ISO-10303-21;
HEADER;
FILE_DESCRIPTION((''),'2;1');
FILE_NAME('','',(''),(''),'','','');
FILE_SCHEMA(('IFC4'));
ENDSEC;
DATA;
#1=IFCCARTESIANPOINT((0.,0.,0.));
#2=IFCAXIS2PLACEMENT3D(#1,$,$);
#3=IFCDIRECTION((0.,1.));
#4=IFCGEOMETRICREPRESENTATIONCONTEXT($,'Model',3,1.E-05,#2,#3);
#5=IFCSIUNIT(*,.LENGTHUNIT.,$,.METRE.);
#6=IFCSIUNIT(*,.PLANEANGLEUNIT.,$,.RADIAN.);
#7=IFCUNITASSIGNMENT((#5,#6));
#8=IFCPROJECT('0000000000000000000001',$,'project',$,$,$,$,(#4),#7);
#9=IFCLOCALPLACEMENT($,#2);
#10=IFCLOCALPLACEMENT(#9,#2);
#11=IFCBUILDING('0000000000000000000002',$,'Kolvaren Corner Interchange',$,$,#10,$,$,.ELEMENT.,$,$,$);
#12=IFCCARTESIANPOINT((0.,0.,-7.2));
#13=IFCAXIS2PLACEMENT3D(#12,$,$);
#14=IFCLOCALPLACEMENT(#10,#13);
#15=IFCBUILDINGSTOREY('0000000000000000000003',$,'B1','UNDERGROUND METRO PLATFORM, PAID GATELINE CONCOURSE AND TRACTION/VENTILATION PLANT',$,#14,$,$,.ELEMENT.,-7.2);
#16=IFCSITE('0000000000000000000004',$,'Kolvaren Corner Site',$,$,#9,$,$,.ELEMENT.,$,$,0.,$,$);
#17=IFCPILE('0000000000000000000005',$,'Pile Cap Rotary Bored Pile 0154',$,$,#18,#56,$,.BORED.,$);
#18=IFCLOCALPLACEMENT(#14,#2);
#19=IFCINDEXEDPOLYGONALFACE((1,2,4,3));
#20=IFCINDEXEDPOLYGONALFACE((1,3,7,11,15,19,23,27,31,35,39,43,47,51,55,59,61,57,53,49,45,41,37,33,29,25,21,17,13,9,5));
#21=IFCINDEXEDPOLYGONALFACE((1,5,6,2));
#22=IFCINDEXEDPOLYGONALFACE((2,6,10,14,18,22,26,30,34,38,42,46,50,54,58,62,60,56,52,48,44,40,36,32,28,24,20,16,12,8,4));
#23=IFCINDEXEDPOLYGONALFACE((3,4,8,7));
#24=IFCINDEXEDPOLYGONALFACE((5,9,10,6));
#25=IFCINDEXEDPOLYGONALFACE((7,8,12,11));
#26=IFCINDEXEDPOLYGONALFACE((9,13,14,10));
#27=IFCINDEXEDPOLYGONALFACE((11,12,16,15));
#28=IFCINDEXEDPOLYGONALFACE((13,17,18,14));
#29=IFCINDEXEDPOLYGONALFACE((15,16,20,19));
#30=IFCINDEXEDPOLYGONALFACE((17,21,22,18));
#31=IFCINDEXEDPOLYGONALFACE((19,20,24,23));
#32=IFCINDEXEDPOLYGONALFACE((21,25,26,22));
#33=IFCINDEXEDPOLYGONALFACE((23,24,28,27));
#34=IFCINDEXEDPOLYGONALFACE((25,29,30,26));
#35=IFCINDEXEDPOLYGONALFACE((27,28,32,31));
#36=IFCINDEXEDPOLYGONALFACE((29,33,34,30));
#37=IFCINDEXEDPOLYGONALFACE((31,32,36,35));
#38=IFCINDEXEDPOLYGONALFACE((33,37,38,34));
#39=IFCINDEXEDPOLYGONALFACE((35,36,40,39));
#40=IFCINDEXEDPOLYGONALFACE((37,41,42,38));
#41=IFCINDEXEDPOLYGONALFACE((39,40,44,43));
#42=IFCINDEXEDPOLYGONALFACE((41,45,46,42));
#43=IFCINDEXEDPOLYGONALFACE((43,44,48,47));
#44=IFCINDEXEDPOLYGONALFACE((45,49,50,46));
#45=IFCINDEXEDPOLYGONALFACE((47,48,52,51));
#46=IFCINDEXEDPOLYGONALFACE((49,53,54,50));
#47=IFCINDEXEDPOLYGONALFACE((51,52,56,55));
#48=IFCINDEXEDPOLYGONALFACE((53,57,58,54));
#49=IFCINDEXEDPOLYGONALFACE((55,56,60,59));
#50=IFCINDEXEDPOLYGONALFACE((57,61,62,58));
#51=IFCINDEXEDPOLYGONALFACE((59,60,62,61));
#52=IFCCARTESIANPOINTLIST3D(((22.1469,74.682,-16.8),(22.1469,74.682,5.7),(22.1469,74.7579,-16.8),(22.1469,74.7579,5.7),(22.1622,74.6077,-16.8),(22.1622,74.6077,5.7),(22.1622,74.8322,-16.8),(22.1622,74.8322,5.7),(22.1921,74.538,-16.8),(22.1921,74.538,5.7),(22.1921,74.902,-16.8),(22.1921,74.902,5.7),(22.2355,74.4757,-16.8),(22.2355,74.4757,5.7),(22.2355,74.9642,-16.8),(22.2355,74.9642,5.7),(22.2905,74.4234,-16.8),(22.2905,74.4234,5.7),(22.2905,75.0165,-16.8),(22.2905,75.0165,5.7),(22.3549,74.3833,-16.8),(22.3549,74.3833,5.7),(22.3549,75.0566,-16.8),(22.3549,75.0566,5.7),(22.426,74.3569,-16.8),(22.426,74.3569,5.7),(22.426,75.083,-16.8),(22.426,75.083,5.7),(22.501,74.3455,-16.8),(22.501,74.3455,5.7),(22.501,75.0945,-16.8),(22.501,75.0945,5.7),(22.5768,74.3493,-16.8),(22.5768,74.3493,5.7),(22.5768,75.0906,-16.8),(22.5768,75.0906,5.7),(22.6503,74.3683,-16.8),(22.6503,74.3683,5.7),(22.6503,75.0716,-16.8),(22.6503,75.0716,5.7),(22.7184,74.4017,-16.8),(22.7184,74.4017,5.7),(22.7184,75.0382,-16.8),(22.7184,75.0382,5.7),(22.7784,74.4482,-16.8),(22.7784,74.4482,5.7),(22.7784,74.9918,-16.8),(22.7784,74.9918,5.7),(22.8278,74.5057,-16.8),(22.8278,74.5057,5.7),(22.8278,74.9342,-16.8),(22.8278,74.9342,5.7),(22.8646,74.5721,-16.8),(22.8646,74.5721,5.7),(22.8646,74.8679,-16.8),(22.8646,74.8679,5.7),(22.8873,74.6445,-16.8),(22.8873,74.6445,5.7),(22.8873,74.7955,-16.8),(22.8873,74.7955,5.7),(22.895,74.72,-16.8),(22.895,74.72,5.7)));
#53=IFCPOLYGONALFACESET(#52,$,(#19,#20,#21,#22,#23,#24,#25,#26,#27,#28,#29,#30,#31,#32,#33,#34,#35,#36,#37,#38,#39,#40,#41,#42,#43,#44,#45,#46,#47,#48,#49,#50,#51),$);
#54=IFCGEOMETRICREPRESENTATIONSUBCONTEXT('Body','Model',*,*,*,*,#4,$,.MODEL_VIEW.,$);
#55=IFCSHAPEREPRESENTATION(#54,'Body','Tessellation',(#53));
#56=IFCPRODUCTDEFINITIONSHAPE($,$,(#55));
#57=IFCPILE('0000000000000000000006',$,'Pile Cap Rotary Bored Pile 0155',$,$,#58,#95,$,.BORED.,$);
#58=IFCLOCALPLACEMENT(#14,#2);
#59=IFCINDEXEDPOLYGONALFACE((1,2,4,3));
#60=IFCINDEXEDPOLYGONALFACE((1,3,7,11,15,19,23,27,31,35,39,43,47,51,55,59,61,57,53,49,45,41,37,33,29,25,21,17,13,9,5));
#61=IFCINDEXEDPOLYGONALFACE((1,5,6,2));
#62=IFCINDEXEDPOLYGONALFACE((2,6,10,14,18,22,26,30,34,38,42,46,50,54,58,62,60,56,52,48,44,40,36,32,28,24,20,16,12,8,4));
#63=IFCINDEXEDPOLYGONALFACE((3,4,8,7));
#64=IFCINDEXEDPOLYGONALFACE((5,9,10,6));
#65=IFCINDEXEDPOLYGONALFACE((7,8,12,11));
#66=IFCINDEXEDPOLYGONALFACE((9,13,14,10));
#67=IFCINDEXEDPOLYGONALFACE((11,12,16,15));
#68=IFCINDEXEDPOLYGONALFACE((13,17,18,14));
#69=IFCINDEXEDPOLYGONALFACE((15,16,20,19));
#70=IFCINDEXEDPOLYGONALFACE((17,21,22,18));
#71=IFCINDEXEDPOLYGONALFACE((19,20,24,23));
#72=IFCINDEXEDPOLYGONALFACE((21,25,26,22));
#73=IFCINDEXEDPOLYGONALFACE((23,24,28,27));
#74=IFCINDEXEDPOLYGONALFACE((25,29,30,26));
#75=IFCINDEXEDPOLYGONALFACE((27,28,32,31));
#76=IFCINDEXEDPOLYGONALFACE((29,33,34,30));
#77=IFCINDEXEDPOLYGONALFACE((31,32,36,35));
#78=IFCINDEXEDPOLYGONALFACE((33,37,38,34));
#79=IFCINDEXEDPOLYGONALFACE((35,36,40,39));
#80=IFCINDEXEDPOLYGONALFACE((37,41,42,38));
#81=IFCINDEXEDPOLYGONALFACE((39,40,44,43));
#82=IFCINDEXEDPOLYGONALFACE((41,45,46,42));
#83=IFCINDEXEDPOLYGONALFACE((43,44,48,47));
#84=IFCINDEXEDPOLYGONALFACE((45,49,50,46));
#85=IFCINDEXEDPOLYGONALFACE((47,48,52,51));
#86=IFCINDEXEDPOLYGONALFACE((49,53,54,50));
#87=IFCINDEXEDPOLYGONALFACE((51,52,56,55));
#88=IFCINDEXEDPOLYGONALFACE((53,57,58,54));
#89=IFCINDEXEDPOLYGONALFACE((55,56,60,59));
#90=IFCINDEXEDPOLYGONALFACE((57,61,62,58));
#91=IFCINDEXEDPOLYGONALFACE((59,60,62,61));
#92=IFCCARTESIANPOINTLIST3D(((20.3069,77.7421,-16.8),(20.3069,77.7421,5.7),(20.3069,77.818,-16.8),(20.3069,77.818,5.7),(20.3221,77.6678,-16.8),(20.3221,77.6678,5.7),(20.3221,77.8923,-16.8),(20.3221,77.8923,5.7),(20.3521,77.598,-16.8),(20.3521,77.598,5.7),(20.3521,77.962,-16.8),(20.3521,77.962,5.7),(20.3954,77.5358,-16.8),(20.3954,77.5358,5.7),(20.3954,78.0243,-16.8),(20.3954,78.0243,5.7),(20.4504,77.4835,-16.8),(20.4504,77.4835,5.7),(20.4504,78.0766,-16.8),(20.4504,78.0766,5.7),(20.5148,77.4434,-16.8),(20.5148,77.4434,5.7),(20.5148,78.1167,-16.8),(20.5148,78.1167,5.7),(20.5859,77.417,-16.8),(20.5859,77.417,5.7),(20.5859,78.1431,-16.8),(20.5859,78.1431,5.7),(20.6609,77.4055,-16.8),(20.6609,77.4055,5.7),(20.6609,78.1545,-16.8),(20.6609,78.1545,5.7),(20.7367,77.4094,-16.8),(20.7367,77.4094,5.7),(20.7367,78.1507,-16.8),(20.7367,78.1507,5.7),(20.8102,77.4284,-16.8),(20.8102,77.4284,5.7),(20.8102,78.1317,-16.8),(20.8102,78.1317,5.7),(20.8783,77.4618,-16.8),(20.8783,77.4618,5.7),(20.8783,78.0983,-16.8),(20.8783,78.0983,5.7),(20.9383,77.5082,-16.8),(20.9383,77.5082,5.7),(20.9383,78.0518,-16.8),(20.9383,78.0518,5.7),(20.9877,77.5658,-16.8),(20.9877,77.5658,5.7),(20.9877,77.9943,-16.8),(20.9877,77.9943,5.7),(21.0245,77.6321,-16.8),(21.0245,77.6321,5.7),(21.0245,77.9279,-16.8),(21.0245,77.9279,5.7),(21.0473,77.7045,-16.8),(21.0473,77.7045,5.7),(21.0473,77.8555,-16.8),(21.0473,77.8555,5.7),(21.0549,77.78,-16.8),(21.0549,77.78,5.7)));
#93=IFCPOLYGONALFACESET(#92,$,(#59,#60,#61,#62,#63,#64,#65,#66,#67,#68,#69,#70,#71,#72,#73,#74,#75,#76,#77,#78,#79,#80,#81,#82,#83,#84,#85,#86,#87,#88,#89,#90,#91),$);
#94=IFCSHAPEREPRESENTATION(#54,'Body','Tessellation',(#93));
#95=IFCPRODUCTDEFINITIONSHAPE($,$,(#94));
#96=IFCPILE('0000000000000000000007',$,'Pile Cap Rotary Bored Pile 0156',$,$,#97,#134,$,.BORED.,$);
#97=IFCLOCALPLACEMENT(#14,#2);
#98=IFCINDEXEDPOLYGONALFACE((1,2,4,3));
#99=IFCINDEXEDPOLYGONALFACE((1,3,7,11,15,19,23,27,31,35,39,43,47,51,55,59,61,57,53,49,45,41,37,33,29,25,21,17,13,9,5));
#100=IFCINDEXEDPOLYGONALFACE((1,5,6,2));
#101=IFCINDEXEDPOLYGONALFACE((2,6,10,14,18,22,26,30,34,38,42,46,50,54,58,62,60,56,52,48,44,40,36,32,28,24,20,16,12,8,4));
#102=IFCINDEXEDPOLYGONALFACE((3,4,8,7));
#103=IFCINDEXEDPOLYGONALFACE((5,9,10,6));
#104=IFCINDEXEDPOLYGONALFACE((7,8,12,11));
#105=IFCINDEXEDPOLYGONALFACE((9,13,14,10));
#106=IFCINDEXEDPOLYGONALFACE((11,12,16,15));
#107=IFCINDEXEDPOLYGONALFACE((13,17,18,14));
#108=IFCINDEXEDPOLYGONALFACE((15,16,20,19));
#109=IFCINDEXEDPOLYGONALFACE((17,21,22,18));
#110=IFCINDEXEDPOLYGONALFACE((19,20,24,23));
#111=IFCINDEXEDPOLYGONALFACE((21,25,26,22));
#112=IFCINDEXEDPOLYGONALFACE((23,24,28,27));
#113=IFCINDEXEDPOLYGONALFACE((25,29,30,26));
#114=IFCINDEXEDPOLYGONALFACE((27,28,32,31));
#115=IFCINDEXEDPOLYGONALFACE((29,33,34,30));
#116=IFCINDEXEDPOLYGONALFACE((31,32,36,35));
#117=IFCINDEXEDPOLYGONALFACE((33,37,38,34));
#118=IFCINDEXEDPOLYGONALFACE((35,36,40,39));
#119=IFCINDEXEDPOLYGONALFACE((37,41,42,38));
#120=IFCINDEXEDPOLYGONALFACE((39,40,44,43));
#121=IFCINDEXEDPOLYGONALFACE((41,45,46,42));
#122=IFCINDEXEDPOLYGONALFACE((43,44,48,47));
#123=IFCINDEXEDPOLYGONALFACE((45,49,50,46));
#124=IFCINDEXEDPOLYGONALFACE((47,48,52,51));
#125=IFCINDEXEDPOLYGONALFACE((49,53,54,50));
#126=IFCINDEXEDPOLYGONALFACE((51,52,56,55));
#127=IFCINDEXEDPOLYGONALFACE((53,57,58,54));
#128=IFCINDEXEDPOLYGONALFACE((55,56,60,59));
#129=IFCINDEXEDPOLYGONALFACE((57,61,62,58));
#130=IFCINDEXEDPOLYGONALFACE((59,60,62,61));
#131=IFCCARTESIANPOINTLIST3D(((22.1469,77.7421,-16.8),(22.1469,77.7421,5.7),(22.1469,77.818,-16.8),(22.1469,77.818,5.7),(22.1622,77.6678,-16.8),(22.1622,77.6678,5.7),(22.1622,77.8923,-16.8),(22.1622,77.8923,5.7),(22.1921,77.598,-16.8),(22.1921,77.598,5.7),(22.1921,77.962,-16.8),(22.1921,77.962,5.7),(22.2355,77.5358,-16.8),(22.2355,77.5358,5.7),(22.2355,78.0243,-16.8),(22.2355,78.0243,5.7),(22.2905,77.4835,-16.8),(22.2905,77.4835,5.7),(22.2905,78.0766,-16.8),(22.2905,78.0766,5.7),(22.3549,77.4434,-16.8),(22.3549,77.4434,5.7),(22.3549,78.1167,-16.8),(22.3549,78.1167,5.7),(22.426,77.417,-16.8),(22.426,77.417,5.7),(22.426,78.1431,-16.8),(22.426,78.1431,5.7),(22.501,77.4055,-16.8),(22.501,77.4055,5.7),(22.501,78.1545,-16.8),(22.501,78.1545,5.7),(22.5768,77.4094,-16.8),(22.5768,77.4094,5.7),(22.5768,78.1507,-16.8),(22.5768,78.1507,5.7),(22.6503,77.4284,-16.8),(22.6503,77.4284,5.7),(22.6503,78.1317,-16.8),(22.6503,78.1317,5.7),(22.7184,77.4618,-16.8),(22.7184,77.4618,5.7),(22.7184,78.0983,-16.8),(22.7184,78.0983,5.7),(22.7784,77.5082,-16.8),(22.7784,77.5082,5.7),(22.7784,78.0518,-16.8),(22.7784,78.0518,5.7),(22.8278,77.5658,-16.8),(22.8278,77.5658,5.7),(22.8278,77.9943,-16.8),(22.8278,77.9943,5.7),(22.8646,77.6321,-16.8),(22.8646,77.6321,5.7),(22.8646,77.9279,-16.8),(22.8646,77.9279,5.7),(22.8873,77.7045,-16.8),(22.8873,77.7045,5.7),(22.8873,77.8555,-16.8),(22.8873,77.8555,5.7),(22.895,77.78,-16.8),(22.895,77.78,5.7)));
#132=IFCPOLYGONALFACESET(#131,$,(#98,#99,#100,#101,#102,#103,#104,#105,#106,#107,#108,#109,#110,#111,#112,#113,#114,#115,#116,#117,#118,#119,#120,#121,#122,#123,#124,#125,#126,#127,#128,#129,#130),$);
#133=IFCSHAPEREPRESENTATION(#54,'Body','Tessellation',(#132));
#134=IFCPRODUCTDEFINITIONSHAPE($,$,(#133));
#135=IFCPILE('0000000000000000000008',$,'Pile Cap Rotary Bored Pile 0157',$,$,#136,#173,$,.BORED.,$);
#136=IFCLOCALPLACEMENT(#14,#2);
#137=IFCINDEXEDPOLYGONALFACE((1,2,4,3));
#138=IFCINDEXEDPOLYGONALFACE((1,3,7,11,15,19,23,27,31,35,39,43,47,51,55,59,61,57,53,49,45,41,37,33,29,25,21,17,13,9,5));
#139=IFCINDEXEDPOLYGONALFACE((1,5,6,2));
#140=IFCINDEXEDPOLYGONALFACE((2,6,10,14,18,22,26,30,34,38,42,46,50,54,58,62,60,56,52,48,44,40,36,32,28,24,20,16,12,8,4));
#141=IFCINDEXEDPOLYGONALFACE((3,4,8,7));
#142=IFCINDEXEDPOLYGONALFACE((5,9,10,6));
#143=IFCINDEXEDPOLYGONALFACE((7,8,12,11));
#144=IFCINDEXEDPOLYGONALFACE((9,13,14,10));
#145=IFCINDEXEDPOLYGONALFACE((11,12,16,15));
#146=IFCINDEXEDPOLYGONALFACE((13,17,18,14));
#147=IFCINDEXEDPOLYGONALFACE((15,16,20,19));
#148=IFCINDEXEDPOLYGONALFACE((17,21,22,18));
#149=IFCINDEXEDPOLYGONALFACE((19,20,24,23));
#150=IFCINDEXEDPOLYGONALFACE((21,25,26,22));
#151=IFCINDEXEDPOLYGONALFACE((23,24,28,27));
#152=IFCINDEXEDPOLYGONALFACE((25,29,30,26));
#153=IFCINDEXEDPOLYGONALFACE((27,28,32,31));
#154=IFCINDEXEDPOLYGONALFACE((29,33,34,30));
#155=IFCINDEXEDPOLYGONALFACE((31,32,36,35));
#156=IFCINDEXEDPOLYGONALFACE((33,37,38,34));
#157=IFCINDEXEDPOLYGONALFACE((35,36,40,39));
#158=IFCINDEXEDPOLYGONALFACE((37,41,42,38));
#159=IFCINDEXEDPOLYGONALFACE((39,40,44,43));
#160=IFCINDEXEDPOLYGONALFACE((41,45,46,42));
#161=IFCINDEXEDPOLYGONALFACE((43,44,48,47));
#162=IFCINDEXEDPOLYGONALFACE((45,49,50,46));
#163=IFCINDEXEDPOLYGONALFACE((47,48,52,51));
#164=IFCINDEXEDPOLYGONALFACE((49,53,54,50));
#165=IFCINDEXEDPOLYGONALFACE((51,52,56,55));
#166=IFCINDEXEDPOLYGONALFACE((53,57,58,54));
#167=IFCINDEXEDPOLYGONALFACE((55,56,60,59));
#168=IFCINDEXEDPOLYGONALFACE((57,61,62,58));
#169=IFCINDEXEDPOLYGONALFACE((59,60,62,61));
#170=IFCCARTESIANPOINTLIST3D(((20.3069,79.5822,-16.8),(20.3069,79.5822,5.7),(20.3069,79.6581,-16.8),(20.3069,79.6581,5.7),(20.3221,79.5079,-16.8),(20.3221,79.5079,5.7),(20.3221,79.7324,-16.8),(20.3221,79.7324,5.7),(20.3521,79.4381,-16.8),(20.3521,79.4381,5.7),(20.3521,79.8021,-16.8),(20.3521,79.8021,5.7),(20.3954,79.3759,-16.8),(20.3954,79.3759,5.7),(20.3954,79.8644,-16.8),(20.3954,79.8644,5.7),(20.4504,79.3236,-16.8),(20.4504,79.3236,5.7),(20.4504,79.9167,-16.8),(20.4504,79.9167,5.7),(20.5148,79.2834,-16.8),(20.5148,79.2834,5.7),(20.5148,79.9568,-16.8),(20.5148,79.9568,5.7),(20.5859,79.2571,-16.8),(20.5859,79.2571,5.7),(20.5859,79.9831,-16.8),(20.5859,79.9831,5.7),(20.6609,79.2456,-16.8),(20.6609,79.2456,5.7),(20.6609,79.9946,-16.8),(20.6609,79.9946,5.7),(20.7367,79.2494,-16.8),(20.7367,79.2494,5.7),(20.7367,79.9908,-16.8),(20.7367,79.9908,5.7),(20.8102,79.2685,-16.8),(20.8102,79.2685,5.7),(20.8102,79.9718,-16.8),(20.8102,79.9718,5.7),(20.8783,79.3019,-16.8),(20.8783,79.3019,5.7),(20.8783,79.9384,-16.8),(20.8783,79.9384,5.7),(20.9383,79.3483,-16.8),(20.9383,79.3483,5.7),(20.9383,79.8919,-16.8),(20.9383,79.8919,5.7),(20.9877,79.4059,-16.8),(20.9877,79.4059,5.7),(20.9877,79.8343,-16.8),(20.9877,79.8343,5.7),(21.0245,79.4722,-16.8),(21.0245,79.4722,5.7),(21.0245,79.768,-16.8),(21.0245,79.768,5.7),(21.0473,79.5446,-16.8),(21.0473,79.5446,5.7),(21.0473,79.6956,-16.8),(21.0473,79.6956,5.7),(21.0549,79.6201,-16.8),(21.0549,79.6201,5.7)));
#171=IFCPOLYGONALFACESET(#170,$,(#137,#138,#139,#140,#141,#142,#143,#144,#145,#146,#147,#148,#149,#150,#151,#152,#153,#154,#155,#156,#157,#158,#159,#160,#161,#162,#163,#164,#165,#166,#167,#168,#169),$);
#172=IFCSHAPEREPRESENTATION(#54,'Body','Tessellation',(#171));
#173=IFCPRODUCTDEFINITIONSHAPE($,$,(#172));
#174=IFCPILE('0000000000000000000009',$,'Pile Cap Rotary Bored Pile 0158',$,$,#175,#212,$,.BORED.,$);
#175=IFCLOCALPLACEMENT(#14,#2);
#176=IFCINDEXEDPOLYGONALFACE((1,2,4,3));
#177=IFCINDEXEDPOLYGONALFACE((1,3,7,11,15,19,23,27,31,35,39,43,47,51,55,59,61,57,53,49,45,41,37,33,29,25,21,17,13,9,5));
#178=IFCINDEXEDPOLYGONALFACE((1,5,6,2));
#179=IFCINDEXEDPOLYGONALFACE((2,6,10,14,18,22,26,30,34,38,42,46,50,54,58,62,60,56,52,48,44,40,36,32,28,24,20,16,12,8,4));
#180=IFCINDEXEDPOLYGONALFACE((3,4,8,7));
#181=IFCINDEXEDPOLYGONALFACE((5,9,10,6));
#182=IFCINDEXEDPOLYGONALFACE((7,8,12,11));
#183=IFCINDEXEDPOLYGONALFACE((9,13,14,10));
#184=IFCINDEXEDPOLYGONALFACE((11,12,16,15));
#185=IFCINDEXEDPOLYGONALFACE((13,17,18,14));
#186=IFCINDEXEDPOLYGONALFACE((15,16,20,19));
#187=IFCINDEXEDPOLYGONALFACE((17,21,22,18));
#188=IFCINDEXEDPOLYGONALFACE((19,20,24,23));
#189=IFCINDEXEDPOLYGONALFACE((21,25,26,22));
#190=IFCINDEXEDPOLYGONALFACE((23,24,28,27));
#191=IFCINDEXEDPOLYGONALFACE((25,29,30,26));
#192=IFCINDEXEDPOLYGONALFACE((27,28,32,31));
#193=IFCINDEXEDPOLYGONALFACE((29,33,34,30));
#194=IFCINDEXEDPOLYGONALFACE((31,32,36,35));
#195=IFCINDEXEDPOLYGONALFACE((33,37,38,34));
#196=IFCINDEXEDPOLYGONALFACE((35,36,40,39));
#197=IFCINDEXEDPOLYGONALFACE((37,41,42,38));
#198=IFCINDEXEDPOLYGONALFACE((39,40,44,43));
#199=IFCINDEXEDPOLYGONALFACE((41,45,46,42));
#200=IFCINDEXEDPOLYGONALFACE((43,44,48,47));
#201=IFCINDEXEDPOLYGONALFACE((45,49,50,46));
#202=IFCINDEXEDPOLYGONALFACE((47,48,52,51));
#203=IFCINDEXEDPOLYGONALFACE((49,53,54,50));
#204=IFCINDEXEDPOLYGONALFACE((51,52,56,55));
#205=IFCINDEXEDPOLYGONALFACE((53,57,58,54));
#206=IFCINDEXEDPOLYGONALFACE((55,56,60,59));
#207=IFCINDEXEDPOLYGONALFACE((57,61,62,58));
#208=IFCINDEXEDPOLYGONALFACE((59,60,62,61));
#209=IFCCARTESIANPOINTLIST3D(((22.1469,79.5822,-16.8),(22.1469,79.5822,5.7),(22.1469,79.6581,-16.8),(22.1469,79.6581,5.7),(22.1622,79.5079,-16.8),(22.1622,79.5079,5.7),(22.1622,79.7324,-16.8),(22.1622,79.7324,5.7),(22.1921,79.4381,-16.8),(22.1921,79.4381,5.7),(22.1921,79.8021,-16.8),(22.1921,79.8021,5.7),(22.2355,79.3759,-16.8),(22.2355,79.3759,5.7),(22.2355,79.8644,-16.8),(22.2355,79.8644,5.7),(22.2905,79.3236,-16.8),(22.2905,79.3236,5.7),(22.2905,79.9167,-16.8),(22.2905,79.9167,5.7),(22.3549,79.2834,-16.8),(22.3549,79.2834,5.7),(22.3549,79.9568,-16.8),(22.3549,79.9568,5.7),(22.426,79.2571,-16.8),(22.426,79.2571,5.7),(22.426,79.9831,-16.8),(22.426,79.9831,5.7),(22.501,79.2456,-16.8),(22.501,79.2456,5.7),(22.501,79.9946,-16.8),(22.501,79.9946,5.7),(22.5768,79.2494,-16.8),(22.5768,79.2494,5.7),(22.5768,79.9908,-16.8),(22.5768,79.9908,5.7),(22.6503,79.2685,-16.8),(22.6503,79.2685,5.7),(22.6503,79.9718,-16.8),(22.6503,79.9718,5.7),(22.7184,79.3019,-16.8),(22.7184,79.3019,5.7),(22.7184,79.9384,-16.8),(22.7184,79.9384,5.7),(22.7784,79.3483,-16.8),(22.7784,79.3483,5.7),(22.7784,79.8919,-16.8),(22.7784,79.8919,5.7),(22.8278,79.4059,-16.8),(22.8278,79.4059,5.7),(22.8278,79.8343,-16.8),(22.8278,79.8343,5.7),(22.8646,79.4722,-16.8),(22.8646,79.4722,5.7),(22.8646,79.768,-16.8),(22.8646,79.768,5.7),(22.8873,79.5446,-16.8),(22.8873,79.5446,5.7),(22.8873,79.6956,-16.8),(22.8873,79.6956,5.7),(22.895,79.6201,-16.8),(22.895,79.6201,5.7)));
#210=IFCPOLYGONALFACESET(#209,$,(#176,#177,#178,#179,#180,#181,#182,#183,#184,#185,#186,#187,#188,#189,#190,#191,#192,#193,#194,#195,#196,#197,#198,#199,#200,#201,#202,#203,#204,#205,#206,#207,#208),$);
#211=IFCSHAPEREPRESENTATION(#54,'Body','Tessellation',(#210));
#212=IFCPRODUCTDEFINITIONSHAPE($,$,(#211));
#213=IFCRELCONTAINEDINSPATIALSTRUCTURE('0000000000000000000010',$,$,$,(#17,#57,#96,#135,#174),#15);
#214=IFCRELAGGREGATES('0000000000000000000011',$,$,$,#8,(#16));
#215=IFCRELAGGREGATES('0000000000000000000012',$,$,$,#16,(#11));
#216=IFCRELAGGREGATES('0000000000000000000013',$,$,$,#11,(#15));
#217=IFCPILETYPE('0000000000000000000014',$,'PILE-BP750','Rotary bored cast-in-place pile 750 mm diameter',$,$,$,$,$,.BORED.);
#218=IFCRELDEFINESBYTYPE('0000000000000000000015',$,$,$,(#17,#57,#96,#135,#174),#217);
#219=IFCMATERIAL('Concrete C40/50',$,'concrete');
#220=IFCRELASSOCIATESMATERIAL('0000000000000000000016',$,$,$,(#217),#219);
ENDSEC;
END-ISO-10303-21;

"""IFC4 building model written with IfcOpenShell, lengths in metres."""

from ifc_helpers import new_model, si_unit, direction, frame, origin, origin_2d, place, context, subcontext, project, spatial, circle, extrude, material, material_profile, profile_set, type_object, element, save


model = new_model("IFC4")

# Units and contexts
model_context = context("Model", 3, precision=1e-05, world=origin(), true_north=direction((0.0, 1.0)))
body_context = subcontext(model_context, "Body", "Model", "MODEL_VIEW")
ifc_project = project(units=[si_unit("LENGTHUNIT", "METRE"), si_unit("PLANEANGLEUNIT", "RADIAN")], contexts=[model_context])

# Site, building, storey
site_placement = place(None, origin())
site = spatial("IfcSite", under=ifc_project, at=site_placement, Name="Kolvaren Corner Site", CompositionType="ELEMENT", RefElevation=0.0)
building_placement = place(site_placement, origin())
building = spatial("IfcBuilding", under=site, at=building_placement, Name="Kolvaren Corner Interchange", CompositionType="ELEMENT")
storey_placement = place(building_placement, frame((0.0, 0.0, -7.2)))
storey = spatial("IfcBuildingStorey", under=building, at=storey_placement, Name="B1", Description="UNDERGROUND METRO PLATFORM, PAID GATELINE CONCOURSE AND TRACTION/VENTILATION PLANT", CompositionType="ELEMENT", Elevation=-7.2)

# Piles
ifc_material_1 = material(Name="Concrete C40/50", Category="concrete")
ifc_material_profile = material_profile(ifc_material_1, circle(Radius=0.375, at=origin_2d()), Name="BORED PILE 750")
ifc_profile_set = profile_set([ifc_material_profile], Name="Concrete C40/50")
pile_type = type_object("IfcPileType", Name="PILE-BP750", Description="Rotary bored cast-in-place pile 750 mm diameter", PredefinedType="BORED", material=ifc_profile_set)
for number, where, z_axis, x_axis, name in (
    (1, (22.52, 74.72, 5.7), (0.0, 0.0, -1.0), (1.0, 0.0, 0.0), "Pile Cap Rotary Bored Pile 0154"),
    (2, (20.6799, 77.78, 5.7), (0.0, 0.0, -1.0), (1.0, 0.0, 0.0), "Pile Cap Rotary Bored Pile 0155"),
    (3, (22.52, 77.78, 5.7), (0.0, 0.0, -1.0), (1.0, 0.0, 0.0), "Pile Cap Rotary Bored Pile 0156"),
    (4, (20.6799, 79.6201, 5.7), (0.0, 0.0, -1.0), (1.0, 0.0, 0.0), "Pile Cap Rotary Bored Pile 0157"),
    (5, (22.52, 79.6201, 5.7), (0.0, 0.0, -1.0), (1.0, 0.0, 0.0), "Pile Cap Rotary Bored Pile 0158"),
):
    element("IfcPile", number, at=place(storey_placement, frame(where, z_axis=z_axis, x_axis=x_axis)), inside=storey, type_object=pile_type, Name=name, PredefinedType="BORED", context=body_context, shape_type="SweptSolid", body=[
        extrude(circle(Radius=0.375, at=origin_2d()), origin(), (0.0, 0.0, 1.0), 22.5),
    ])

save(model, "model.ifc")
